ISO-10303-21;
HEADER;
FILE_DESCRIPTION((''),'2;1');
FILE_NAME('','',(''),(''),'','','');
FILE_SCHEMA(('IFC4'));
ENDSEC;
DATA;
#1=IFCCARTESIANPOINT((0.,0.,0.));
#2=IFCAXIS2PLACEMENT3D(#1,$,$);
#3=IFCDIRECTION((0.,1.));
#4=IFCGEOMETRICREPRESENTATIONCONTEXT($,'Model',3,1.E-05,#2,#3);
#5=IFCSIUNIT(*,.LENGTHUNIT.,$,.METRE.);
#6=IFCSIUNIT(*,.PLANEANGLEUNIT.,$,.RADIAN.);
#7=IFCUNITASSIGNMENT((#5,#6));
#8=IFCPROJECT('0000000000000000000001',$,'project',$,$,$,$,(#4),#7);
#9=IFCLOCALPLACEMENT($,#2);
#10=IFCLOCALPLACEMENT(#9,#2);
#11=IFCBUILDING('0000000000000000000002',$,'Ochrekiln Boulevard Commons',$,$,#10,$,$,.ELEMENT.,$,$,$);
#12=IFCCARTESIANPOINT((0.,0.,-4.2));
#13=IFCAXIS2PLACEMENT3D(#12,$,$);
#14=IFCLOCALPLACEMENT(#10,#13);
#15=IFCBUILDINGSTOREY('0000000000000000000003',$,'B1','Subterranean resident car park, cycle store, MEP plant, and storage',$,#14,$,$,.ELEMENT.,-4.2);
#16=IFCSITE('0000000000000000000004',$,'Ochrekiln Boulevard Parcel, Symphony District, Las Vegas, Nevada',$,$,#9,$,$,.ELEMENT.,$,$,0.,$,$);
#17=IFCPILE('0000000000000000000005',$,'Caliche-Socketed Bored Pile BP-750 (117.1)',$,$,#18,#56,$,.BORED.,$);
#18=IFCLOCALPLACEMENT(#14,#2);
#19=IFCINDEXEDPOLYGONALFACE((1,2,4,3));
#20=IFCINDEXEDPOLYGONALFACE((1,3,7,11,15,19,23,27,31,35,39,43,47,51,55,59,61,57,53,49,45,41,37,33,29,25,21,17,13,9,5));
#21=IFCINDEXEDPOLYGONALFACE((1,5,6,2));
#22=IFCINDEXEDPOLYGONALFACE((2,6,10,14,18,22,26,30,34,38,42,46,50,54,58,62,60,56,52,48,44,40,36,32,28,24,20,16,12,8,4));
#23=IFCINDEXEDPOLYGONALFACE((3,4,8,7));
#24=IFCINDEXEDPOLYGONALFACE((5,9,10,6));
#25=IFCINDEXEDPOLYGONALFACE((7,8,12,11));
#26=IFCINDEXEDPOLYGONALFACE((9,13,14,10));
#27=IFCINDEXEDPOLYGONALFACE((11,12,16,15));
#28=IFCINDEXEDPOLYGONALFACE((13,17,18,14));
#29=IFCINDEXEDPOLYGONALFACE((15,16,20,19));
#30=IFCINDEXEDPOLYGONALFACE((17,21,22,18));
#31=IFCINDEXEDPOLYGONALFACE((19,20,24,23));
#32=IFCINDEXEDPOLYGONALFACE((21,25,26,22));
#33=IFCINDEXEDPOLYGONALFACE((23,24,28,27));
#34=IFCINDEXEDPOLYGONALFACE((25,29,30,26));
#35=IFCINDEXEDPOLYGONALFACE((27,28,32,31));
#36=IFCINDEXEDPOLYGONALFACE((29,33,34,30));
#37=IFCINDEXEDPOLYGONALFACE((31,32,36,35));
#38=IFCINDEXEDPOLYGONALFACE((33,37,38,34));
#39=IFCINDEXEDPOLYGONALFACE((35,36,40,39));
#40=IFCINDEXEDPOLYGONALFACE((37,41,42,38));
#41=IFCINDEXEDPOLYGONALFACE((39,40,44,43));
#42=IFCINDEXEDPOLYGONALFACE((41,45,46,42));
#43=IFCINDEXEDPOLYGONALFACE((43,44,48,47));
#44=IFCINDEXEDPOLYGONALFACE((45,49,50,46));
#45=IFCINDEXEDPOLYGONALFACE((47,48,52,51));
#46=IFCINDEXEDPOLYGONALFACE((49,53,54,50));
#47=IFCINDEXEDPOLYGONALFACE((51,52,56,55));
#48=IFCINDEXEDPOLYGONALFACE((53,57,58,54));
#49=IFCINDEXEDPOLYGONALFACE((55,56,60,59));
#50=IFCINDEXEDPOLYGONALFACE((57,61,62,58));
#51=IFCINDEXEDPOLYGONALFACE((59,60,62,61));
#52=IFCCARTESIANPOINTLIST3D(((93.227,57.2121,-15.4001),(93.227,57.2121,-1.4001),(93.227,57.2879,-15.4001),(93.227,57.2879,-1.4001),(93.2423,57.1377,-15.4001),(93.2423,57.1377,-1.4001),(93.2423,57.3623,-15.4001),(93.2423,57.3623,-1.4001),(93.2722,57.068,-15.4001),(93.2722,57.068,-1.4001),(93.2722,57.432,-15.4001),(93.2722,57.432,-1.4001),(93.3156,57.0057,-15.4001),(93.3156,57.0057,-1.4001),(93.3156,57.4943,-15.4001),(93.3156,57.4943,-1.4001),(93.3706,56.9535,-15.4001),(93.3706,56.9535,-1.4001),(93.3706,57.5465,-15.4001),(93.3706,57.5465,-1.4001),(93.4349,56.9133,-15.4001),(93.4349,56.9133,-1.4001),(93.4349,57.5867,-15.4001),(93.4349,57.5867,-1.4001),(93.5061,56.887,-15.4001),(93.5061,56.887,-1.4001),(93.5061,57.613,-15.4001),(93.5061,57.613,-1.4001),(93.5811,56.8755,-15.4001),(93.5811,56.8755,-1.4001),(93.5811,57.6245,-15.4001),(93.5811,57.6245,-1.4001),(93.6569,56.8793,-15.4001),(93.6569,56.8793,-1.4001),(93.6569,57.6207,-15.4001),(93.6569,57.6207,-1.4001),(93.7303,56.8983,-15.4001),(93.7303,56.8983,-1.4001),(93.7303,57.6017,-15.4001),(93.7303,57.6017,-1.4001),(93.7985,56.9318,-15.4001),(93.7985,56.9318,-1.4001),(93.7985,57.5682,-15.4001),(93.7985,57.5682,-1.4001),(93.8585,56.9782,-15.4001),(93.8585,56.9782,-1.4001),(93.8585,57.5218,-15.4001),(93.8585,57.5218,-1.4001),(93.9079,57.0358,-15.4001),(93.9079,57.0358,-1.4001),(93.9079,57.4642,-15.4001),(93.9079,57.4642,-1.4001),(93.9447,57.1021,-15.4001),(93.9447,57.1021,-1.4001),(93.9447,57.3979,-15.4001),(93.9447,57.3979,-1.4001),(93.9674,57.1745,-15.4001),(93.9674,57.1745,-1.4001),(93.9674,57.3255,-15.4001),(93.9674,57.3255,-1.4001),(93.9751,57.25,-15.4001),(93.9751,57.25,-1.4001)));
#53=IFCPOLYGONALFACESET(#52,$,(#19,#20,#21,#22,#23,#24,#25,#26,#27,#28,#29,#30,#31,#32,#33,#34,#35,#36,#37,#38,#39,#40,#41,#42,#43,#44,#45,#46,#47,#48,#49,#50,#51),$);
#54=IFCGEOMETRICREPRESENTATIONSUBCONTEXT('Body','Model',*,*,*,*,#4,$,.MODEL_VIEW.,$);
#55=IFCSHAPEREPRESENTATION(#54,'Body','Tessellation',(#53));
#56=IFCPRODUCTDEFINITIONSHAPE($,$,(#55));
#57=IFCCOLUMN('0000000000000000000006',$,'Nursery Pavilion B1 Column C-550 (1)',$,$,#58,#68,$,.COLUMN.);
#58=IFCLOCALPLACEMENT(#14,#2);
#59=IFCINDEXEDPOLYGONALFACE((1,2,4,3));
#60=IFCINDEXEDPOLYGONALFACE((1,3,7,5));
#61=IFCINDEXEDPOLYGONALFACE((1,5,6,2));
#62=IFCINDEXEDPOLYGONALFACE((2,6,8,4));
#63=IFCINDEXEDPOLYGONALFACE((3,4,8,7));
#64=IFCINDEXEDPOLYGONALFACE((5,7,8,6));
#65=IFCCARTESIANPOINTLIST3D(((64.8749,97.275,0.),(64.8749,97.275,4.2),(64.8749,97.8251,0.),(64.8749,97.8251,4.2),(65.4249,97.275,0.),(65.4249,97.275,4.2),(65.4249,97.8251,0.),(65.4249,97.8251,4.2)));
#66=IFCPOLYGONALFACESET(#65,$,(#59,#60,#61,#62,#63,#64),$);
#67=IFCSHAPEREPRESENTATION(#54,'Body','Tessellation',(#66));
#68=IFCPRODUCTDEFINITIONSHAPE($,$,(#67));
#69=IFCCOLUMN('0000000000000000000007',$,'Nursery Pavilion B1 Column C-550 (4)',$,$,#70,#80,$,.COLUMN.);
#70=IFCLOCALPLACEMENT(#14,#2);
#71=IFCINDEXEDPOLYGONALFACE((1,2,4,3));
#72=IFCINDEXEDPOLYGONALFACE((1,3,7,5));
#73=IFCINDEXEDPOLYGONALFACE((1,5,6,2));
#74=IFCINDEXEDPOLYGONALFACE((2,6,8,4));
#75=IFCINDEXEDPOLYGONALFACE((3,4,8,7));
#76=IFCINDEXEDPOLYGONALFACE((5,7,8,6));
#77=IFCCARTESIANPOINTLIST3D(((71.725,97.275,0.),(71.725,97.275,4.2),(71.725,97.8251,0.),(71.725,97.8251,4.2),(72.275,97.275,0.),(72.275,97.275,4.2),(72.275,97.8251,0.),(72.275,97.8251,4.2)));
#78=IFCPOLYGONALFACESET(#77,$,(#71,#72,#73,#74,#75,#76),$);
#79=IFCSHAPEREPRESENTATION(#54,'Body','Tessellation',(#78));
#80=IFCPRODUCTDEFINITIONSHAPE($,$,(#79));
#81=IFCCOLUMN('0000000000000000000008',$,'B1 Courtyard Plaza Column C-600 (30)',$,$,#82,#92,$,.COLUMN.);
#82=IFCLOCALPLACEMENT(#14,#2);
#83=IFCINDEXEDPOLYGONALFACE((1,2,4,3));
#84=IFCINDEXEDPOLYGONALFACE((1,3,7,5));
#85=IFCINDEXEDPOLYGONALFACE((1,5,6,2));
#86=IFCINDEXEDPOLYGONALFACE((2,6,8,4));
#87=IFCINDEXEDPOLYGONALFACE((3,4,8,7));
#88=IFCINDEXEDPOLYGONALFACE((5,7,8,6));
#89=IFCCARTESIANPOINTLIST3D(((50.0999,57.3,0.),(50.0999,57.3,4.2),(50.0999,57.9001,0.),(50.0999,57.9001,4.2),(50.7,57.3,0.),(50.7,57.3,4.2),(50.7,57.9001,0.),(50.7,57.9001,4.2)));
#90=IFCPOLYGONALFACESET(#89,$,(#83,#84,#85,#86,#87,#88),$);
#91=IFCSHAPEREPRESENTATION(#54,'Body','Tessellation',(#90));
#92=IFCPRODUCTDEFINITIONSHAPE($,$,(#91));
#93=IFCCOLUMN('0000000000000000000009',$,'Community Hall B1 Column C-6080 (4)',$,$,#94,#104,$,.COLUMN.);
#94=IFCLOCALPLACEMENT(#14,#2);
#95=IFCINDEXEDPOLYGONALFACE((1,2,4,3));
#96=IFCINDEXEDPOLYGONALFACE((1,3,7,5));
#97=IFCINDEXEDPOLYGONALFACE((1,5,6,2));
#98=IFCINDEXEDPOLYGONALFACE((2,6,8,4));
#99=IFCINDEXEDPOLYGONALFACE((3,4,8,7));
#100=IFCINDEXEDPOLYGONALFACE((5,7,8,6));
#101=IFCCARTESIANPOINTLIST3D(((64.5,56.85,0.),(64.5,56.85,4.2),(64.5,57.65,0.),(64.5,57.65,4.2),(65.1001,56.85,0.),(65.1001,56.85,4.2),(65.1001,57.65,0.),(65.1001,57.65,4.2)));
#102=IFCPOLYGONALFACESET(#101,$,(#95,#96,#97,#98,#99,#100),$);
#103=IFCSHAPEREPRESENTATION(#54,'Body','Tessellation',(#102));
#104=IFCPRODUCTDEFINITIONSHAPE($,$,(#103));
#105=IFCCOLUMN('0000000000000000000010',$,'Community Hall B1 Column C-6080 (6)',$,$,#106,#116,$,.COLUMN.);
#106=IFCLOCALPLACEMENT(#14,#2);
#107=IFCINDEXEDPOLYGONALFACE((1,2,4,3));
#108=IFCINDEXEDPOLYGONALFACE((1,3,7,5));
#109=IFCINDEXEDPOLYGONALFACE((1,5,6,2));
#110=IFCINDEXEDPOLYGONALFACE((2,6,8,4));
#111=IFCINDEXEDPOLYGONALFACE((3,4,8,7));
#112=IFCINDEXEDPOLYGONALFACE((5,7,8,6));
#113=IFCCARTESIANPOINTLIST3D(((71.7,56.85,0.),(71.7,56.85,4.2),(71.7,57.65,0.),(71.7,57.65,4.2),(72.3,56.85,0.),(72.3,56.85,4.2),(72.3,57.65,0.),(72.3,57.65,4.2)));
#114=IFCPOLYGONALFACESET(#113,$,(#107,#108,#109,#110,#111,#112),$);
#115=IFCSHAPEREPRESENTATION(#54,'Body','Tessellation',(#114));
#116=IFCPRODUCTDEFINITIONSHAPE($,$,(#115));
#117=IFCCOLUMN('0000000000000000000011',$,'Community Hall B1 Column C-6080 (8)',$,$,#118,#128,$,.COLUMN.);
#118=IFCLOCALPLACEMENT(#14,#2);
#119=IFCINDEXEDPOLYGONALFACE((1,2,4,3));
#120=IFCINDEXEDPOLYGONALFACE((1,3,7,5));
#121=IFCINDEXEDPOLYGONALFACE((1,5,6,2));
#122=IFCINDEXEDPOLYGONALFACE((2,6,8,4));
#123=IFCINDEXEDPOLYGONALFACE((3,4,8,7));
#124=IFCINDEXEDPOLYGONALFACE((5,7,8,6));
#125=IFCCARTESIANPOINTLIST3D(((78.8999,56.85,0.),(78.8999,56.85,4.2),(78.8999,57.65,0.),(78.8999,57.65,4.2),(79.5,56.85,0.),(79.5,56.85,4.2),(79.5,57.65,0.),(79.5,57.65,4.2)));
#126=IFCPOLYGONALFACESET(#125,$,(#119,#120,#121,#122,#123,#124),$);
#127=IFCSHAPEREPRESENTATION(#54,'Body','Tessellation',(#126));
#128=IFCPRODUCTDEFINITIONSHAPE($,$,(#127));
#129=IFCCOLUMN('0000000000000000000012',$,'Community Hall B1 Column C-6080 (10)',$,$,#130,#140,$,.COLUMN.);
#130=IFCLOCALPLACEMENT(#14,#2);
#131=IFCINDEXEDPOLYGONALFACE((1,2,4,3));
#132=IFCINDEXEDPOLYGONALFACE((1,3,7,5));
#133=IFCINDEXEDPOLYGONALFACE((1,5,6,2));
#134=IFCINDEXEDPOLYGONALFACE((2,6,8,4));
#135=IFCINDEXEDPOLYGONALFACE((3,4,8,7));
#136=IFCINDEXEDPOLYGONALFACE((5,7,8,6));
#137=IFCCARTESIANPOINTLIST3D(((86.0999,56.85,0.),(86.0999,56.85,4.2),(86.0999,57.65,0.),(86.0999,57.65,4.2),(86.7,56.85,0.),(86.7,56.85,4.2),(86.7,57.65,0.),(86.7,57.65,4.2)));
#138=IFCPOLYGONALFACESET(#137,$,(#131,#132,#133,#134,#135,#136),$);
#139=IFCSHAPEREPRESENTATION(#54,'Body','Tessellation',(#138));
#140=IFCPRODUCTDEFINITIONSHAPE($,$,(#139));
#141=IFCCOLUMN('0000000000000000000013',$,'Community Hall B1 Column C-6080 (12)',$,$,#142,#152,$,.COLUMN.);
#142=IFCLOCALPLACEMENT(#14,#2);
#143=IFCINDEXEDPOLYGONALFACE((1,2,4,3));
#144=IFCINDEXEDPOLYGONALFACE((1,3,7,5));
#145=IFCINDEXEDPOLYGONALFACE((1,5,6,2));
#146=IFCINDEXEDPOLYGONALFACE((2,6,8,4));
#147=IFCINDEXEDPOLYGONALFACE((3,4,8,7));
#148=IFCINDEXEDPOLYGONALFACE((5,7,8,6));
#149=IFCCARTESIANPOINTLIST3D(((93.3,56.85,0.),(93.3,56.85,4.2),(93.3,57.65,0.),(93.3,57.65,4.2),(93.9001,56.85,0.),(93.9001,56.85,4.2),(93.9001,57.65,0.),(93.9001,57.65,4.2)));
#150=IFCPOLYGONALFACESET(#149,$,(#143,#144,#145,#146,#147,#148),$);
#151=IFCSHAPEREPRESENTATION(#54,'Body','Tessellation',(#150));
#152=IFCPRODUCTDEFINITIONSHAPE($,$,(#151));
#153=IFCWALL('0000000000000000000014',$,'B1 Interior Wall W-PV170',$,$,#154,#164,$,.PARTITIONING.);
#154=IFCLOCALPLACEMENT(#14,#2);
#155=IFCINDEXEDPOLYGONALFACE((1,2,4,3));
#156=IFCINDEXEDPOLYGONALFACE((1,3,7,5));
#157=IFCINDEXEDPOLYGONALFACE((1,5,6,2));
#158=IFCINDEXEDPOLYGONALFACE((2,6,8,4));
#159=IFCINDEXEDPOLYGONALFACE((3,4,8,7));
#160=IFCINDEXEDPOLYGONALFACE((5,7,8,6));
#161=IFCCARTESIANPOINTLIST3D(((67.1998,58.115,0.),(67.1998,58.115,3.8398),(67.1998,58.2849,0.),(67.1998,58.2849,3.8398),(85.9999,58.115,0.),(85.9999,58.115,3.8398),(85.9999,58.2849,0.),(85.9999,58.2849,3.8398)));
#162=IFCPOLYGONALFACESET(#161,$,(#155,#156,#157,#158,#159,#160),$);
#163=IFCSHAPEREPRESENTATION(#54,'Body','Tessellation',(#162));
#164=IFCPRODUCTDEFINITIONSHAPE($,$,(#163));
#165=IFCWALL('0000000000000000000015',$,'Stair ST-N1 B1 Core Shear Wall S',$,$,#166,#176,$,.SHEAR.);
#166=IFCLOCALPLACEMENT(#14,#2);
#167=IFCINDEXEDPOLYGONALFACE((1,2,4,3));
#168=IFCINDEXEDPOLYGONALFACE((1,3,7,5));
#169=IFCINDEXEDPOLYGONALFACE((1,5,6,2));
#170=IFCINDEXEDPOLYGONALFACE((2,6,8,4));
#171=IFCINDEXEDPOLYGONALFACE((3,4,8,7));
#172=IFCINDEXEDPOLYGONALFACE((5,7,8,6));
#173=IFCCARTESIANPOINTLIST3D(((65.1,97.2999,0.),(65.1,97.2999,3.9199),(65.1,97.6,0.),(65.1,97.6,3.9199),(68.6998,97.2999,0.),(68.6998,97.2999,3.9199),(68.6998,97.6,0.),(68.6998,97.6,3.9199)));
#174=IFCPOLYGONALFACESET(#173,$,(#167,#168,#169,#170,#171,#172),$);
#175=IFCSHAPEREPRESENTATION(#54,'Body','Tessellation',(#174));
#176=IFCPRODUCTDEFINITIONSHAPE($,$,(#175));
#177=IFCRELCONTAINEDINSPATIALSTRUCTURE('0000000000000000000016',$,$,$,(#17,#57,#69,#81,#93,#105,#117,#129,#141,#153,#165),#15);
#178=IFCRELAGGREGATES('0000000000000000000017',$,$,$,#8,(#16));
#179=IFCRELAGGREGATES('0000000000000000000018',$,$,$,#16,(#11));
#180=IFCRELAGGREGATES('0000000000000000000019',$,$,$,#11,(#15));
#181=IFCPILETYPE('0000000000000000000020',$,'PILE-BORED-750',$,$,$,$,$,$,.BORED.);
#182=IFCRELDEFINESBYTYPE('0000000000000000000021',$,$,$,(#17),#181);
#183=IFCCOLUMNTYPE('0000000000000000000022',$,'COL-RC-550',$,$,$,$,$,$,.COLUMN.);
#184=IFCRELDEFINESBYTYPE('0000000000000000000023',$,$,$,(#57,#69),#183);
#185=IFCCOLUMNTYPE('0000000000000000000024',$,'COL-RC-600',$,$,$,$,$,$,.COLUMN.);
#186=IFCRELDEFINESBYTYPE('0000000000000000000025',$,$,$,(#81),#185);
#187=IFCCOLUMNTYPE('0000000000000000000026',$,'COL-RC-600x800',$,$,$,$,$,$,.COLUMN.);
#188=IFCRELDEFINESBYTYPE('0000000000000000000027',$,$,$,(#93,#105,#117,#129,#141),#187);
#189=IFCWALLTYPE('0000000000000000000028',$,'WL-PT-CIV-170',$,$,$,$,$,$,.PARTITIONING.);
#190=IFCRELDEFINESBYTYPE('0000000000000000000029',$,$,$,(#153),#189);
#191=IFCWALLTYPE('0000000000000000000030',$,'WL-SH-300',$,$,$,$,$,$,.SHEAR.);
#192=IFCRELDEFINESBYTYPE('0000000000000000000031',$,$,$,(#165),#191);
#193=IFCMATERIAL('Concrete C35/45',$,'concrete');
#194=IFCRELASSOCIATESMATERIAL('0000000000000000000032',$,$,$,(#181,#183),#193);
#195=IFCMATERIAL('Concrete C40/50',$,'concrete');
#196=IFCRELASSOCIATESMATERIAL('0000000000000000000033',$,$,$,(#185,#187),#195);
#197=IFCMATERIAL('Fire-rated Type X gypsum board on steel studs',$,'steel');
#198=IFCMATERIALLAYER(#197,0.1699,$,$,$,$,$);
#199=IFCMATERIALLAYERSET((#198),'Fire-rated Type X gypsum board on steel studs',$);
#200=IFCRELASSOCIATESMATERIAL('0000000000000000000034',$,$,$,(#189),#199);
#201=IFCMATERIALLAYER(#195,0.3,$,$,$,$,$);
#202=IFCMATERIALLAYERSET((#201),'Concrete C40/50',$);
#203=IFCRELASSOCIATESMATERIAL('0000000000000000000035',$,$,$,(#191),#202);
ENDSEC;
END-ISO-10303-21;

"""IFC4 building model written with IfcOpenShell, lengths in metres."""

from ifc_helpers import new_model, si_unit, direction, frame, frame_2d, origin, origin_2d, place, context, subcontext, project, spatial, rectangle, circle, extrude, material, layer, layer_set, material_profile, profile_set, type_object, element, save


model = new_model("IFC4")

# Units and contexts
model_context = context("Model", 3, precision=1e-05, world=origin(), true_north=direction((0.0, 1.0)))
body_context = subcontext(model_context, "Body", "Model", "MODEL_VIEW")
ifc_project = project(units=[si_unit("LENGTHUNIT", "METRE"), si_unit("PLANEANGLEUNIT", "RADIAN")], contexts=[model_context])

# Site, building, storey
site_placement = place(None, origin())
site = spatial("IfcSite", under=ifc_project, at=site_placement, Name="Ochrekiln Boulevard Parcel, Symphony District, Las Vegas, Nevada", CompositionType="ELEMENT", RefElevation=0.0)
building_placement = place(site_placement, origin())
building = spatial("IfcBuilding", under=site, at=building_placement, Name="Ochrekiln Boulevard Commons", CompositionType="ELEMENT")
storey_placement = place(building_placement, frame((0.0, 0.0, -4.2)))
storey = spatial("IfcBuildingStorey", under=building, at=storey_placement, Name="B1", Description="Subterranean resident car park, cycle store, MEP plant, and storage", CompositionType="ELEMENT", Elevation=-4.2)

# Shared definitions
ifc_material_1 = material(Name="Concrete C35/45", Category="concrete")

# Pile
ifc_material_profile_1 = material_profile(ifc_material_1, circle(Radius=0.375, at=origin_2d()), Name="PILE-D750")
ifc_profile_set_1 = profile_set([ifc_material_profile_1], Name="Concrete C35/45")
pile_type = type_object("IfcPileType", Name="PILE-BORED-750", PredefinedType="BORED", material=ifc_profile_set_1)
for number, where, z_axis, x_axis, name in (
    (1, (93.6001, 57.25, -1.4001), (0.0, 0.0, -1.0), (1.0, 0.0, 0.0), "Caliche-Socketed Bored Pile BP-750 (117.1)"),
):
    element("IfcPile", number, at=place(storey_placement, frame(where, z_axis=z_axis, x_axis=x_axis)), inside=storey, type_object=pile_type, Name=name, PredefinedType="BORED", context=body_context, shape_type="SweptSolid", body=[
        extrude(circle(Radius=0.375, at=origin_2d()), origin(), (0.0, 0.0, 1.0), 14.0),
    ])

# Columns
ifc_material_profile_2 = material_profile(ifc_material_1, rectangle(XDim=0.55, YDim=0.55, at=origin_2d()), Name="RC-COL-550x550")
ifc_profile_set_2 = profile_set([ifc_material_profile_2], Name="Concrete C35/45")
column_type_1 = type_object("IfcColumnType", Name="COL-RC-550", PredefinedType="COLUMN", material=ifc_profile_set_2)
for number, where, z_axis, x_axis, name in (
    (2, (65.1499, 97.55, 0.0), (0.0, 0.0, 1.0), (1.0, 0.0, 0.0), "Nursery Pavilion B1 Column C-550 (1)"),
    (3, (72.0, 97.55, 0.0), (0.0, 0.0, 1.0), (1.0, 0.0, 0.0), "Nursery Pavilion B1 Column C-550 (4)"),
):
    element("IfcColumn", number, at=place(storey_placement, frame(where, z_axis=z_axis, x_axis=x_axis)), inside=storey, type_object=column_type_1, Name=name, PredefinedType="COLUMN", context=body_context, shape_type="SweptSolid", body=[
        extrude(rectangle(XDim=0.55, YDim=0.55, at=origin_2d()), origin(), (0.0, 0.0, 1.0), 4.2),
    ])
ifc_material_2 = material(Name="Concrete C40/50", Category="concrete")
ifc_material_profile_3 = material_profile(ifc_material_2, rectangle(XDim=0.6001, YDim=0.6001, at=origin_2d()), Name="RC-COL-600x600")
ifc_profile_set_3 = profile_set([ifc_material_profile_3], Name="Concrete C40/50")
column_type_2 = type_object("IfcColumnType", Name="COL-RC-600", PredefinedType="COLUMN", material=ifc_profile_set_3)
column_placement = place(storey_placement, frame((50.3999, 57.6001, 0.0), z_axis=(0.0, 0.0, 1.0), x_axis=(1.0, 0.0, 0.0)))
element("IfcColumn", 4, at=column_placement, inside=storey, type_object=column_type_2, Name="B1 Courtyard Plaza Column C-600 (30)", PredefinedType="COLUMN", context=body_context, shape_type="SweptSolid", body=[
    extrude(rectangle(XDim=0.6001, YDim=0.6001, at=origin_2d()), origin(), (0.0, 0.0, 1.0), 4.2),
])
ifc_material_profile_4 = material_profile(ifc_material_2, rectangle(XDim=0.6001, YDim=0.8, at=origin_2d()), Name="RC-COL-600x800")
ifc_profile_set_4 = profile_set([ifc_material_profile_4], Name="Concrete C40/50")
column_type_3 = type_object("IfcColumnType", Name="COL-RC-600x800", PredefinedType="COLUMN", material=ifc_profile_set_4)
for number, where, z_axis, x_axis, name in (
    (5, (64.8, 57.25, 0.0), (0.0, 0.0, 1.0), (1.0, 0.0, 0.0), "Community Hall B1 Column C-6080 (4)"),
    (6, (72.0, 57.25, 0.0), (0.0, 0.0, 1.0), (1.0, 0.0, 0.0), "Community Hall B1 Column C-6080 (6)"),
    (7, (79.2, 57.25, 0.0), (0.0, 0.0, 1.0), (1.0, 0.0, 0.0), "Community Hall B1 Column C-6080 (8)"),
    (8, (86.3999, 57.25, 0.0), (0.0, 0.0, 1.0), (1.0, 0.0, 0.0), "Community Hall B1 Column C-6080 (10)"),
    (9, (93.6001, 57.25, 0.0), (0.0, 0.0, 1.0), (1.0, 0.0, 0.0), "Community Hall B1 Column C-6080 (12)"),
):
    element("IfcColumn", number, at=place(storey_placement, frame(where, z_axis=z_axis, x_axis=x_axis)), inside=storey, type_object=column_type_3, Name=name, PredefinedType="COLUMN", context=body_context, shape_type="SweptSolid", body=[
        extrude(rectangle(XDim=0.6001, YDim=0.8, at=origin_2d()), origin(), (0.0, 0.0, 1.0), 4.2),
    ])

# Walls
ifc_material_3 = material(Name="Fire-rated Type X gypsum board on steel studs", Category="steel")
ifc_layer_1 = layer(ifc_material_3, 0.1699)
ifc_layer_set_1 = layer_set([ifc_layer_1], Name="Fire-rated Type X gypsum board on steel studs")
wall_type_1 = type_object("IfcWallType", Name="WL-PT-CIV-170", PredefinedType="PARTITIONING", material=ifc_layer_set_1)
wall_1_placement = place(storey_placement, frame((67.2, 58.2, 0.0), z_axis=(0.0, 0.0, 1.0), x_axis=(1.0, 0.0, 0.0)))
element("IfcWall", 10, at=wall_1_placement, inside=storey, type_object=wall_type_1, Name="B1 Interior Wall W-PV170", PredefinedType="PARTITIONING", context=body_context, shape_type="SweptSolid", body=[
    extrude(rectangle(XDim=18.8, YDim=0.1699, at=frame_2d((9.3999, 0.0))), origin(), (0.0, 0.0, 1.0), 3.8398),
])
ifc_layer_2 = layer(ifc_material_2, 0.3)
ifc_layer_set_2 = layer_set([ifc_layer_2], Name="Concrete C40/50")
wall_type_2 = type_object("IfcWallType", Name="WL-SH-300", PredefinedType="SHEAR", material=ifc_layer_set_2)
wall_2_placement = place(storey_placement, frame((65.1001, 97.45, 0.0), z_axis=(0.0, 0.0, 1.0), x_axis=(1.0, 0.0, 0.0)))
element("IfcWall", 11, at=wall_2_placement, inside=storey, type_object=wall_type_2, Name="Stair ST-N1 B1 Core Shear Wall S", PredefinedType="SHEAR", context=body_context, shape_type="SweptSolid", body=[
    extrude(rectangle(XDim=3.5999, YDim=0.3, at=frame_2d((1.7998, 0.0))), origin(), (0.0, 0.0, 1.0), 3.9199),
])

save(model, "model.ifc")
